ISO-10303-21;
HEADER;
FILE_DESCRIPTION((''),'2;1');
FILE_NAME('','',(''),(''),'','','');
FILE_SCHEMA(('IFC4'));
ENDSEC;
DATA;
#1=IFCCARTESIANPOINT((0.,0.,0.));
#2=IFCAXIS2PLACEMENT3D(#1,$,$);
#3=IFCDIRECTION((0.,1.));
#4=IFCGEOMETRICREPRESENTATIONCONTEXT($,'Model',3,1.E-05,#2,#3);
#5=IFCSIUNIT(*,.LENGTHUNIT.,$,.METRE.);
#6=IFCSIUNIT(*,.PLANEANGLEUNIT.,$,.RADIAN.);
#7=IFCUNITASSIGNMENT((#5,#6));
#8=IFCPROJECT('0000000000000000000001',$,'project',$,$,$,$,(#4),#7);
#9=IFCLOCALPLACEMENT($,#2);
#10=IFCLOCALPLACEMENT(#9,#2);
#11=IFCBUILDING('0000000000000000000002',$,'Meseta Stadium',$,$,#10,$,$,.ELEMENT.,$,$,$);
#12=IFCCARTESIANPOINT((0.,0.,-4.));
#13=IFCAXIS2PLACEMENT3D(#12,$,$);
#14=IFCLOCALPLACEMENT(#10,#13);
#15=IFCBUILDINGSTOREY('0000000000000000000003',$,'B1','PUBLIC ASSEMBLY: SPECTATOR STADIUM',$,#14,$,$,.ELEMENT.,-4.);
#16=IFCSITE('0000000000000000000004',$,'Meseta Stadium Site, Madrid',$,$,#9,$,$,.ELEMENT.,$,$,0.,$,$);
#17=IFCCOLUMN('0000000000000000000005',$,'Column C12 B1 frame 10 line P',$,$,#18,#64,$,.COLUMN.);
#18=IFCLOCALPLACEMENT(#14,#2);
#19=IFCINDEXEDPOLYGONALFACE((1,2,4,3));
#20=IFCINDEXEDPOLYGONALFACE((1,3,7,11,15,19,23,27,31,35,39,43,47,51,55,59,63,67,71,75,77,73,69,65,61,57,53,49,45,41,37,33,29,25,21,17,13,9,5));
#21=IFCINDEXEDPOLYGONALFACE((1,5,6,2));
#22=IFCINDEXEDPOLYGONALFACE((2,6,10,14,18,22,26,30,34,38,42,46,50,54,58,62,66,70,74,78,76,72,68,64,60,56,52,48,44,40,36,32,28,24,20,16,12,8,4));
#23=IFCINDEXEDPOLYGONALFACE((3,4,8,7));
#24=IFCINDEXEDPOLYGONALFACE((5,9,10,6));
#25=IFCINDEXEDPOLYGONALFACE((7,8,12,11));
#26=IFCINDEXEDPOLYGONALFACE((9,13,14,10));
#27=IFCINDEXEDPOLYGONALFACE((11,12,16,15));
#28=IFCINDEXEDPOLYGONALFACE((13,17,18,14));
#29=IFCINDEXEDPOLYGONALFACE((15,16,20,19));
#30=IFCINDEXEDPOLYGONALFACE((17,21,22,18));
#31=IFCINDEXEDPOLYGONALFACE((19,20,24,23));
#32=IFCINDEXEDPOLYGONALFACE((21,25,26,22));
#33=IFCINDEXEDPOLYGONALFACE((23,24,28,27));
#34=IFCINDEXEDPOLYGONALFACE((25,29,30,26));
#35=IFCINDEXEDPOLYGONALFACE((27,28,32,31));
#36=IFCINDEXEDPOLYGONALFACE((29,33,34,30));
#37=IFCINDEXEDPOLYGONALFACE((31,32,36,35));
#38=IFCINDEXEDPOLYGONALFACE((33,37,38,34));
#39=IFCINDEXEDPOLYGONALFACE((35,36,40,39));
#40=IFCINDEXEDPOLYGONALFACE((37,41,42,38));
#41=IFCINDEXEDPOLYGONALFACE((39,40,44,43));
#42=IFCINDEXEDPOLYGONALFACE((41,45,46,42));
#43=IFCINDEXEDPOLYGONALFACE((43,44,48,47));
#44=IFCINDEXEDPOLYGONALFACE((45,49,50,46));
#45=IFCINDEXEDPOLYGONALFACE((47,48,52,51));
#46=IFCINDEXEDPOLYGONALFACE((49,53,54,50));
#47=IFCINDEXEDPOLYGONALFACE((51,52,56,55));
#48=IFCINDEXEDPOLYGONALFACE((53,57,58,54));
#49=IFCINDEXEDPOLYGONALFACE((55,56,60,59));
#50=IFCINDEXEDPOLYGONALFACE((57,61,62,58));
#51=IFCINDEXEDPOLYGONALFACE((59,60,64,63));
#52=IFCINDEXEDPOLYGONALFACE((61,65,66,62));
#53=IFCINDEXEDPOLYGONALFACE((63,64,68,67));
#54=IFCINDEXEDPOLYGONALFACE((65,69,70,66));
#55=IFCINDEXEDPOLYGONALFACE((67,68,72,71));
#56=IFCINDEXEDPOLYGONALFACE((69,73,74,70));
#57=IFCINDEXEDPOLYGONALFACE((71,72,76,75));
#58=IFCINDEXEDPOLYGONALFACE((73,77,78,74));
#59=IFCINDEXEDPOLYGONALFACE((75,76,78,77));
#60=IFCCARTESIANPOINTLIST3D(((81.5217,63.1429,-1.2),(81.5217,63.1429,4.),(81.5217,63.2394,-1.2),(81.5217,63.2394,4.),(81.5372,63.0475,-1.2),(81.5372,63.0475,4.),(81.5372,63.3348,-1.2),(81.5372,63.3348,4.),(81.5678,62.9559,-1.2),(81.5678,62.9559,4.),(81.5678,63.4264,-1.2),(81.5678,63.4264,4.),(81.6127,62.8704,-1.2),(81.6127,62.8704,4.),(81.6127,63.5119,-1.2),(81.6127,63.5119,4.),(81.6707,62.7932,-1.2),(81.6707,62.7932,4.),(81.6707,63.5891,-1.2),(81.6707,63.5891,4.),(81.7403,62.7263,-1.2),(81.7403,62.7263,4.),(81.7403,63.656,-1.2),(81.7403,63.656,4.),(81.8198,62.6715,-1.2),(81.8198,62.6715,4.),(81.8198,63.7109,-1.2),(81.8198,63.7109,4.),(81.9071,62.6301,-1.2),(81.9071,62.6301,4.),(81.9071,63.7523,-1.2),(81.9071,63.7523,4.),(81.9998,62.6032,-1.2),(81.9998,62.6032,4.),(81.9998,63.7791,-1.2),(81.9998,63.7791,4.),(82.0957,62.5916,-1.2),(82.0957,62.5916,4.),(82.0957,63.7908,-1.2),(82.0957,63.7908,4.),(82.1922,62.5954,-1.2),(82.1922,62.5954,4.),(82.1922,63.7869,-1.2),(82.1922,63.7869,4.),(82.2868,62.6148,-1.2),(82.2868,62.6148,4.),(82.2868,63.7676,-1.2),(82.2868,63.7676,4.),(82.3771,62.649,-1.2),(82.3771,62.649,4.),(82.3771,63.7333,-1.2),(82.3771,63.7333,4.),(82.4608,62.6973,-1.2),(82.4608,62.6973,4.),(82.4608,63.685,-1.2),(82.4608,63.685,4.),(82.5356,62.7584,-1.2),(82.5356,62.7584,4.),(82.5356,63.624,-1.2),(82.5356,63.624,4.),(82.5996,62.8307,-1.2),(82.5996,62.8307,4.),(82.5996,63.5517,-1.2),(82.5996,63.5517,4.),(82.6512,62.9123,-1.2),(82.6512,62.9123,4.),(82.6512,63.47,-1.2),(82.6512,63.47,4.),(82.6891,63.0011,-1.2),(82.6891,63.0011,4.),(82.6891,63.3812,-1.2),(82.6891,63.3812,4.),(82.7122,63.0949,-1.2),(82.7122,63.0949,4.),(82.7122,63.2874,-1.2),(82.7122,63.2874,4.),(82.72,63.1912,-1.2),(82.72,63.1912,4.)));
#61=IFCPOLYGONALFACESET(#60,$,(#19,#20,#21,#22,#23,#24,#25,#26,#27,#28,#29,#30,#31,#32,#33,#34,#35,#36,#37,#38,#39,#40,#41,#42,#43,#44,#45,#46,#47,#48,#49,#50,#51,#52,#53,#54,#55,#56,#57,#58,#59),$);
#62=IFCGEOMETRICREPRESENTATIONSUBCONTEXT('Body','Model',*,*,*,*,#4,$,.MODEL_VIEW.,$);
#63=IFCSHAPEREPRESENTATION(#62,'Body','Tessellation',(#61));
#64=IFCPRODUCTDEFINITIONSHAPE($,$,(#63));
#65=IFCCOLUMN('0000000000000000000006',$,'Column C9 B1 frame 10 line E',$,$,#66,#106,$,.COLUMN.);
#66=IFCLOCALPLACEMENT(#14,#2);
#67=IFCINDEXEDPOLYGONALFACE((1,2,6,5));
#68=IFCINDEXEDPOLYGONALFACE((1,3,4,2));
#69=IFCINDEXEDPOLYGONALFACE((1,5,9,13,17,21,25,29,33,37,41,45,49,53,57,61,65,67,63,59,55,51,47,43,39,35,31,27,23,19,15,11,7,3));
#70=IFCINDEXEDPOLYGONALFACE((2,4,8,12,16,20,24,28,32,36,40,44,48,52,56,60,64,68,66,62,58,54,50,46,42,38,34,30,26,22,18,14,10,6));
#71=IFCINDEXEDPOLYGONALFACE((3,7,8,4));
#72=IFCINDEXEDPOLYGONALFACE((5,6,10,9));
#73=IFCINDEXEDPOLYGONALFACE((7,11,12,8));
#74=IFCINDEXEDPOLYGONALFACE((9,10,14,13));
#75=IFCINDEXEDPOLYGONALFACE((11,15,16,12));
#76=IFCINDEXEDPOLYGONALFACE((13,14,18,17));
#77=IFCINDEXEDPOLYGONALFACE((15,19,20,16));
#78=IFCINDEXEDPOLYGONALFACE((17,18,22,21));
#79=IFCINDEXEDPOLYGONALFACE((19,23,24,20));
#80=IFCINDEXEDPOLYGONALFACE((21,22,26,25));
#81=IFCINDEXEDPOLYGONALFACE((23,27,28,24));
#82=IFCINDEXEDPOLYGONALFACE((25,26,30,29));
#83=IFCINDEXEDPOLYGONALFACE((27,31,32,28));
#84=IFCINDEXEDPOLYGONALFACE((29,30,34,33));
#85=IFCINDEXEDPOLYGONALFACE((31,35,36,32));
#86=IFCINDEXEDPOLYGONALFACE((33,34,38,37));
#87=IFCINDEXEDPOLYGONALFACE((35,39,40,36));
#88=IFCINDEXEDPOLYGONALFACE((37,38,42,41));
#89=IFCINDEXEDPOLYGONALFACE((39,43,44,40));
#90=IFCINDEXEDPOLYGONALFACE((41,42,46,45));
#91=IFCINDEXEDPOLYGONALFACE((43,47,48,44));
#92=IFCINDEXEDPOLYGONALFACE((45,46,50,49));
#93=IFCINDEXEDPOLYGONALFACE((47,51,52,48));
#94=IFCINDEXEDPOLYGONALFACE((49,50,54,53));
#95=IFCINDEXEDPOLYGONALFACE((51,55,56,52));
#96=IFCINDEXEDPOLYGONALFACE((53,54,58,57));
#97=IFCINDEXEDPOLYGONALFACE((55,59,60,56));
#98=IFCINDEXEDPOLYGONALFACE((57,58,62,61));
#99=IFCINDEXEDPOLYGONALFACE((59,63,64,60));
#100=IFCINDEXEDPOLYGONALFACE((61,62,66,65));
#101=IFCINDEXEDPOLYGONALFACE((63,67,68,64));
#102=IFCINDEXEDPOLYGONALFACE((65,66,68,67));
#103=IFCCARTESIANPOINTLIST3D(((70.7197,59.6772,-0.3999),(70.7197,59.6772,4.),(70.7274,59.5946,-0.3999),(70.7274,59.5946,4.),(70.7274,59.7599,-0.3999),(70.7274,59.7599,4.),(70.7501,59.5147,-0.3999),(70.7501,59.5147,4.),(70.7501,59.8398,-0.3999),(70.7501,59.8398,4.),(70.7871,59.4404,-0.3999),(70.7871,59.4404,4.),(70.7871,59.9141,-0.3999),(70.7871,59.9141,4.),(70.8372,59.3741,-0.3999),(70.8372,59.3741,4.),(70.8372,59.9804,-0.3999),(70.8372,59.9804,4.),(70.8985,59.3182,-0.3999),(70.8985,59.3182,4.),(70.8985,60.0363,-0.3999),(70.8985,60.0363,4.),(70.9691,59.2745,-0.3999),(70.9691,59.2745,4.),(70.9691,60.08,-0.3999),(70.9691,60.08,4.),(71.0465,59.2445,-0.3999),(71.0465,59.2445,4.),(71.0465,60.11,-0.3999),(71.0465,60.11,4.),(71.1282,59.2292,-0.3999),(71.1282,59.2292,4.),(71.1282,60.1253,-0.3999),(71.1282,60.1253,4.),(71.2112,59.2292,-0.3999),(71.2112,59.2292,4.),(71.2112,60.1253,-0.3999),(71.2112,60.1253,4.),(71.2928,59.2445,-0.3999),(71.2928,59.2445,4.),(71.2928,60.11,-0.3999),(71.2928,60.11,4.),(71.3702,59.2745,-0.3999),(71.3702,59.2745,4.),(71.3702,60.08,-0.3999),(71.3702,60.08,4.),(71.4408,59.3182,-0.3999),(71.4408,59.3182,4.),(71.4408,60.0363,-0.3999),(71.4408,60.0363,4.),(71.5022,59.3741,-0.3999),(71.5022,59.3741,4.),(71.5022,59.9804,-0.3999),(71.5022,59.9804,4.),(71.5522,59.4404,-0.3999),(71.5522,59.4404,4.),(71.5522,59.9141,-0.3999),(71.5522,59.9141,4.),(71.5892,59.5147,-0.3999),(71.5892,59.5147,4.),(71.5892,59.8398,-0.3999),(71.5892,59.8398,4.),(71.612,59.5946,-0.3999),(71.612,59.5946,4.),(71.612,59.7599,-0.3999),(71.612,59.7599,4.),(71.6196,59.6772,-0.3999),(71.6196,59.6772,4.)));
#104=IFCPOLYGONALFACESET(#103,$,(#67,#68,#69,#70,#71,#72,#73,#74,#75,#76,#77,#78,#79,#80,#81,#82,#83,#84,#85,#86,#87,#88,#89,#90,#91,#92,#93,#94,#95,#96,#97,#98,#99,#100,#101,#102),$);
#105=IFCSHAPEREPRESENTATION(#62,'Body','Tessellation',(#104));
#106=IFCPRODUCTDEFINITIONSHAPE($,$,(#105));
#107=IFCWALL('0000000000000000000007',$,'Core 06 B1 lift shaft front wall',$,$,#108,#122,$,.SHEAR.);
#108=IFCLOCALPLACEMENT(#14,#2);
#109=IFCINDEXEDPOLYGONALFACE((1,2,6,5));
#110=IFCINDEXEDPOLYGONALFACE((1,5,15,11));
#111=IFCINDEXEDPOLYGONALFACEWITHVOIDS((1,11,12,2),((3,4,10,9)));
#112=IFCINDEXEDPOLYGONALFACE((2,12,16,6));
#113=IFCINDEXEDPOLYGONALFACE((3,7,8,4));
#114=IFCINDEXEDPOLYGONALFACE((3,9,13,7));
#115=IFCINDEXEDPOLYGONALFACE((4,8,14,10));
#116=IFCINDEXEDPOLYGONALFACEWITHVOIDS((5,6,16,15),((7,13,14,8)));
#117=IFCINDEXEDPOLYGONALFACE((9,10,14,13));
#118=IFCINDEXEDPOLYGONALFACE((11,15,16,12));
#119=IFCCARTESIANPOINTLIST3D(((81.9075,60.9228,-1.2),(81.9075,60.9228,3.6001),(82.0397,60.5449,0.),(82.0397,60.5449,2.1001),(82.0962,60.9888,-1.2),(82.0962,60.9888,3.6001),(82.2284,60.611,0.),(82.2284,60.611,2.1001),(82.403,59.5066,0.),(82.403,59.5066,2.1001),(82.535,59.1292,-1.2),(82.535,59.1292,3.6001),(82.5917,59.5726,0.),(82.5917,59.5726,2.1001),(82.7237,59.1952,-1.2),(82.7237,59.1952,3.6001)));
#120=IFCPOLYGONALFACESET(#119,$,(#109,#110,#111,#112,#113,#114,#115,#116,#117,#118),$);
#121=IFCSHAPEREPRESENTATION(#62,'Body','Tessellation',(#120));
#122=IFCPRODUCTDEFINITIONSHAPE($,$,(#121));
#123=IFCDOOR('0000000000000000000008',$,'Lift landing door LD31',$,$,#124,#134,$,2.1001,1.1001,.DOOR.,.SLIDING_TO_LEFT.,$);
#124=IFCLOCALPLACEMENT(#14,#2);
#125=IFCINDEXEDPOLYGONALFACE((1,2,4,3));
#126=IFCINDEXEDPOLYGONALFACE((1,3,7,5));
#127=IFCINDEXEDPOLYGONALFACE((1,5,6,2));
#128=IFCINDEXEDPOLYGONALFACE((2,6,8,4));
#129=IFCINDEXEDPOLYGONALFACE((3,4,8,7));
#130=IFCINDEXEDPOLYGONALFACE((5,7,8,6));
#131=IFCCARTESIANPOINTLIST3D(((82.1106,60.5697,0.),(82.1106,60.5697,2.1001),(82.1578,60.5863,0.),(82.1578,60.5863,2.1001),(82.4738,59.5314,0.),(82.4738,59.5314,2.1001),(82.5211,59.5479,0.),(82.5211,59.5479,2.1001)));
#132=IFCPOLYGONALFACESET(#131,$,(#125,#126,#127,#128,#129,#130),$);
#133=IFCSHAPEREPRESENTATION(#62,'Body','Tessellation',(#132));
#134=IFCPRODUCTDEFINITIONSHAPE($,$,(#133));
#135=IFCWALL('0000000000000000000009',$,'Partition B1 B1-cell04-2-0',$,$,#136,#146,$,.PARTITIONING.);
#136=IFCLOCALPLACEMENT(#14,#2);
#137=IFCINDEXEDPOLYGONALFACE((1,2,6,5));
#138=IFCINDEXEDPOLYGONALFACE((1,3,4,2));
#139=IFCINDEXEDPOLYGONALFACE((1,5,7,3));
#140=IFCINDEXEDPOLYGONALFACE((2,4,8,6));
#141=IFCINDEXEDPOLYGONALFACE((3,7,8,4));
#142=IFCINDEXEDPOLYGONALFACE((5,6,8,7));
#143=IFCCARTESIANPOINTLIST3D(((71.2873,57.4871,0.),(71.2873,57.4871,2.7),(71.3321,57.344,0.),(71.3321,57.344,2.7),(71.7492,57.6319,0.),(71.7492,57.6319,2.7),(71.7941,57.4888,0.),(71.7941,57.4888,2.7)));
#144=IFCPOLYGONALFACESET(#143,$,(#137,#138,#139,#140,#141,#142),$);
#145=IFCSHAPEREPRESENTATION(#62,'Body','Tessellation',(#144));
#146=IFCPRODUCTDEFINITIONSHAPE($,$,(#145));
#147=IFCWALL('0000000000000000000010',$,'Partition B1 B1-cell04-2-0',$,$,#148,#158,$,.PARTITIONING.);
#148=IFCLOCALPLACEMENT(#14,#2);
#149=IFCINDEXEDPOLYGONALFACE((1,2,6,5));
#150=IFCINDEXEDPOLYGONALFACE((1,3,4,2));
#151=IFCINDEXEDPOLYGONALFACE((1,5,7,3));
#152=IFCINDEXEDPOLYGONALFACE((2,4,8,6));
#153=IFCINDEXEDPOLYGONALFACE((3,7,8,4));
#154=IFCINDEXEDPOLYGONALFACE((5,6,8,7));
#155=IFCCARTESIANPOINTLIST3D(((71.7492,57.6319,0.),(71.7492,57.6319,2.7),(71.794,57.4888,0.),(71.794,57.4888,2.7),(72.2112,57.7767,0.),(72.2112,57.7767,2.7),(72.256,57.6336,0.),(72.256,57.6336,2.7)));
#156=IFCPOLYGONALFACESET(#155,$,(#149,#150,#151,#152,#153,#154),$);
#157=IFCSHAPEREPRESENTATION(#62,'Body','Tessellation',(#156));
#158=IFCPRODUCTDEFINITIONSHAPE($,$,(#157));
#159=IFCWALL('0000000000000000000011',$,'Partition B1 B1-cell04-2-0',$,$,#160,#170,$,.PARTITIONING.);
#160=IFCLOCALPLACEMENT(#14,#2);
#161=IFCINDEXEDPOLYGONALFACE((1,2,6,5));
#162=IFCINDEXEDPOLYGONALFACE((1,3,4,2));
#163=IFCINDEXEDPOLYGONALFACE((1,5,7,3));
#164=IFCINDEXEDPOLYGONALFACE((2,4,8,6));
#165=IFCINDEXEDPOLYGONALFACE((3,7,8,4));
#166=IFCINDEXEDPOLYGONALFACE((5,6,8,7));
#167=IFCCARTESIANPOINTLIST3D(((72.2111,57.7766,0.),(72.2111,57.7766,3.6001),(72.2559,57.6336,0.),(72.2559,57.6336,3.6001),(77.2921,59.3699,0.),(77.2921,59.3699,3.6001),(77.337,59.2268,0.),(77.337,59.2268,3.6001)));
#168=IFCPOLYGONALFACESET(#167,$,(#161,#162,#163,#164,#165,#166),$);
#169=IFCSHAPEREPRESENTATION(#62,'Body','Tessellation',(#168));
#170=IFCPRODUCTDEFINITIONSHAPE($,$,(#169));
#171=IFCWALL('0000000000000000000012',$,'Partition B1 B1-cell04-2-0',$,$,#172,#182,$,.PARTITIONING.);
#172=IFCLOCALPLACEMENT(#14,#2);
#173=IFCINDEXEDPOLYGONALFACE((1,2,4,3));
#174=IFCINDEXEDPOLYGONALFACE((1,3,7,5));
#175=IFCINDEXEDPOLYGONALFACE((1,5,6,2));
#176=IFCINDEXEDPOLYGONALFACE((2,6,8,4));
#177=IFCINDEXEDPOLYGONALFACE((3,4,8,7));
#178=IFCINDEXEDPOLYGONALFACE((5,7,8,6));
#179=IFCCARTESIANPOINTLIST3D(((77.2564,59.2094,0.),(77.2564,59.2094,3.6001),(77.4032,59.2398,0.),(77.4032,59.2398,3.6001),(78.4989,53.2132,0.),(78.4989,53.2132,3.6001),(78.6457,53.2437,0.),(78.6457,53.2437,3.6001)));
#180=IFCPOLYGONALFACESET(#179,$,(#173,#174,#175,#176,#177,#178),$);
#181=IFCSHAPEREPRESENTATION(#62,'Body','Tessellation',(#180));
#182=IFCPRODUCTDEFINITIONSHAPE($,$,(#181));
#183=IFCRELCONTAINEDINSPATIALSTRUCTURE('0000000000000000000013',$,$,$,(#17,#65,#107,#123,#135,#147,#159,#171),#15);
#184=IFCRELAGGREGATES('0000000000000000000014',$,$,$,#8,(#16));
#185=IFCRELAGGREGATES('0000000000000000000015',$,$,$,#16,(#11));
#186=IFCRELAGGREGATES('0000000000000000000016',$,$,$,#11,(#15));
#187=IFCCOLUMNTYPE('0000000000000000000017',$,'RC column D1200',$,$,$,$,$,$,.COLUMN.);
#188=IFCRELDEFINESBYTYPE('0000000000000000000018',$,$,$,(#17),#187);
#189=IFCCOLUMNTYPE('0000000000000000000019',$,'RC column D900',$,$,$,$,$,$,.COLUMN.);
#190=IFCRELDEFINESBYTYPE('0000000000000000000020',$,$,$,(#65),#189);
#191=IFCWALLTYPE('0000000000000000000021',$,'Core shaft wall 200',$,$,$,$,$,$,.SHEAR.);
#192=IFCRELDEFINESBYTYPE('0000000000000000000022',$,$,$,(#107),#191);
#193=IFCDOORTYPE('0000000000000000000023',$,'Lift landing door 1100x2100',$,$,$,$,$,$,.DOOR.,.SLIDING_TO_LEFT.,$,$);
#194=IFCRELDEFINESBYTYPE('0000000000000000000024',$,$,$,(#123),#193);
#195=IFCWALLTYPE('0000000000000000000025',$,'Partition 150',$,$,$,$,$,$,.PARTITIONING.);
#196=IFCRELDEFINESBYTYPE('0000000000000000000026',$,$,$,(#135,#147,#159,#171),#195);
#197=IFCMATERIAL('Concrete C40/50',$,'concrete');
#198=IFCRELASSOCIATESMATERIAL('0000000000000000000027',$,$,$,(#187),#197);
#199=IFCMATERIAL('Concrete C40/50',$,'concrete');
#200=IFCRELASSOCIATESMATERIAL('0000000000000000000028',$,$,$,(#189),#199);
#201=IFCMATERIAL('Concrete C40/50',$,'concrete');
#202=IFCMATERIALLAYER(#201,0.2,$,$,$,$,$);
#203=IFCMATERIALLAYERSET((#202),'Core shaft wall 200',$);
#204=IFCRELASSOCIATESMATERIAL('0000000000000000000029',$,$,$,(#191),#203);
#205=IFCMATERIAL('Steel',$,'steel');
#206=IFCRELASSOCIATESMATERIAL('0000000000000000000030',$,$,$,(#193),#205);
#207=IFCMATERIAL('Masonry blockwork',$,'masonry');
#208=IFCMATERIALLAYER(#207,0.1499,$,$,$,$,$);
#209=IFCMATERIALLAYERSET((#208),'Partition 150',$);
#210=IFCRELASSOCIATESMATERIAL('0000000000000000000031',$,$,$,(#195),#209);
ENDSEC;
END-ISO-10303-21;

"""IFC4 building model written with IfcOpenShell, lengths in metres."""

from ifc_helpers import new_model, si_unit, direction, frame, frame_2d, origin, origin_2d, place, context, subcontext, project, spatial, rectangle, circle, extrude, material, layer, layer_set, material_profile, profile_set, type_object, element, fill, save


model = new_model("IFC4")

# Units and contexts
model_context = context("Model", 3, precision=1e-05, world=origin(), true_north=direction((0.0, 1.0)))
body_context = subcontext(model_context, "Body", "Model", "MODEL_VIEW")
ifc_project = project(units=[si_unit("LENGTHUNIT", "METRE"), si_unit("PLANEANGLEUNIT", "RADIAN")], contexts=[model_context])

# Site, building, storey
site_placement = place(None, origin())
site = spatial("IfcSite", under=ifc_project, at=site_placement, Name="Meseta Stadium Site, Madrid", CompositionType="ELEMENT", RefElevation=0.0)
building_placement = place(site_placement, origin())
building = spatial("IfcBuilding", under=site, at=building_placement, Name="Meseta Stadium", CompositionType="ELEMENT")
storey_placement = place(building_placement, frame((0.0, 0.0, -4.0)))
storey = spatial("IfcBuildingStorey", under=building, at=storey_placement, Name="B1", Description="PUBLIC ASSEMBLY: SPECTATOR STADIUM", CompositionType="ELEMENT", Elevation=-4.0)

# Columns
ifc_material_1 = material(Name="Concrete C40/50", Category="concrete")
ifc_material_profile_1 = material_profile(ifc_material_1, circle(Radius=0.6001, at=origin_2d()), Name="RC D1200")
ifc_profile_set_1 = profile_set([ifc_material_profile_1], Name="Concrete C40/50")
column_type_1 = type_object("IfcColumnType", Name="RC column D1200", PredefinedType="COLUMN", material=ifc_profile_set_1)
column_1_placement = place(storey_placement, frame((82.1199, 63.1912, -1.2), z_axis=(0.0, 0.0, 1.0), x_axis=(1.0, 0.0, 0.0)))
element("IfcColumn", 1, at=column_1_placement, inside=storey, type_object=column_type_1, Name="Column C12 B1 frame 10 line P", PredefinedType="COLUMN", context=body_context, shape_type="SweptSolid", body=[
    extrude(circle(Radius=0.6001, at=origin_2d()), origin(), (0.0, 0.0, 1.0), 5.2),
])
ifc_material_2 = material(Name="Concrete C40/50", Category="concrete")
ifc_material_profile_2 = material_profile(ifc_material_2, circle(Radius=0.45, at=origin_2d()), Name="RC D900")
ifc_profile_set_2 = profile_set([ifc_material_profile_2], Name="Concrete C40/50")
column_type_2 = type_object("IfcColumnType", Name="RC column D900", PredefinedType="COLUMN", material=ifc_profile_set_2)
column_2_placement = place(storey_placement, frame((71.1697, 59.6772, -0.3999), z_axis=(0.0, 0.0, 1.0), x_axis=(1.0, 0.0, 0.0)))
element("IfcColumn", 2, at=column_2_placement, inside=storey, type_object=column_type_2, Name="Column C9 B1 frame 10 line E", PredefinedType="COLUMN", context=body_context, shape_type="SweptSolid", body=[
    extrude(circle(Radius=0.45, at=origin_2d()), origin(), (0.0, 0.0, 1.0), 4.3999),
])

# Wall, opening, door
ifc_material_3 = material(Name="Concrete C40/50", Category="concrete")
ifc_layer_1 = layer(ifc_material_3, 0.2)
ifc_layer_set_1 = layer_set([ifc_layer_1], Name="Core shaft wall 200")
wall_type_1 = type_object("IfcWallType", Name="Core shaft wall 200", PredefinedType="SHEAR", material=ifc_layer_set_1)
wall_1_placement = place(storey_placement, frame((82.6294, 59.1621, -1.2), z_axis=(0.0, 0.0, 1.0), x_axis=(-0.330225, 0.943902, 0.0)))
wall_1 = element("IfcWall", 3, at=wall_1_placement, inside=storey, type_object=wall_type_1, Name="Core 06 B1 lift shaft front wall", PredefinedType="SHEAR", context=body_context, shape_type="SweptSolid", body=[
    extrude(rectangle(XDim=1.9001, YDim=0.2, at=frame_2d((0.9502, 0.0))), origin(), (0.0, 0.0, 1.0), 4.8),
])
opening_1_placement = place(wall_1_placement, frame((0.3999, 0.0, 1.2)))
opening_1 = element("IfcOpeningElement", 4, at=opening_1_placement, cuts=wall_1, PredefinedType="OPENING", context=body_context, shape_type="SweptSolid", body=[
    extrude(rectangle(XDim=1.1001, YDim=2.1001, at=frame_2d((0.55, 1.05))), frame((0.0, 0.1099, 0.0), z_axis=(0.0, -1.0, 0.0), x_axis=(1.0, 0.0, 0.0)), (0.0, 0.0, 1.0), 0.22),
])
ifc_material_4 = material(Name="Steel", Category="steel")
door_type_1 = type_object("IfcDoorType", Name="Lift landing door 1100x2100", OperationType="SLIDING_TO_LEFT", PredefinedType="DOOR", material=ifc_material_4)
door_1_placement = place(opening_1_placement, origin())
door_1 = element("IfcDoor", 5, at=door_1_placement, inside=storey, type_object=door_type_1, Name="Lift landing door LD31", OperationType="SLIDING_TO_LEFT", OverallHeight=2.1001, OverallWidth=1.1001, PredefinedType="DOOR", context=body_context, shape_type="SweptSolid", body=[
    extrude(rectangle(XDim=1.1001, YDim=2.1001, at=frame_2d((0.55, 1.05))), frame((0.0, 0.0249, 0.0), z_axis=(0.0, -1.0, 0.0), x_axis=(1.0, 0.0, 0.0)), (0.0, 0.0, 1.0), 0.05),
])
fill(opening_1, door_1)

# Walls
ifc_material_5 = material(Name="Masonry blockwork", Category="masonry")
ifc_layer_2 = layer(ifc_material_5, 0.1499)
ifc_layer_set_2 = layer_set([ifc_layer_2], Name="Partition 150")
wall_type_2 = type_object("IfcWallType", Name="Partition 150", PredefinedType="PARTITIONING", material=ifc_layer_set_2)
for number, where, z_axis, x_axis, name in (
    (6, (71.3096, 57.4155, 0.0), (0.0, 0.0, 1.0), (0.954228, 0.299079, 0.0), "Partition B1 B1-cell04-2-0"),
    (7, (71.7715, 57.5603, 0.0), (0.0, 0.0, 1.0), (0.954228, 0.299079, 0.0), "Partition B1 B1-cell04-2-0"),
):
    element("IfcWall", number, at=place(storey_placement, frame(where, z_axis=z_axis, x_axis=x_axis)), inside=storey, type_object=wall_type_2, Name=name, PredefinedType="PARTITIONING", context=body_context, shape_type="SweptSolid", body=[
        extrude(rectangle(XDim=0.4841, YDim=0.1499, at=frame_2d((0.2422, 0.0))), origin(), (0.0, 0.0, 1.0), 2.7),
    ])
wall_2_placement = place(storey_placement, frame((72.2334, 57.7051, 0.0), z_axis=(0.0, 0.0, 1.0), x_axis=(0.954189, 0.299204, 0.0)))
element("IfcWall", 8, at=wall_2_placement, inside=storey, type_object=wall_type_2, Name="Partition B1 B1-cell04-2-0", PredefinedType="PARTITIONING", context=body_context, shape_type="SweptSolid", body=[
    extrude(rectangle(XDim=5.325, YDim=0.1499, at=frame_2d((2.6626, 0.0))), origin(), (0.0, 0.0, 1.0), 3.6001),
])
wall_3_placement = place(storey_placement, frame((77.3298, 59.2246, 0.0), z_axis=(0.0, 0.0, 1.0), x_axis=(0.202897, -0.9792, 0.0)))
element("IfcWall", 9, at=wall_3_placement, inside=storey, type_object=wall_type_2, Name="Partition B1 B1-cell04-2-0", PredefinedType="PARTITIONING", context=body_context, shape_type="SweptSolid", body=[
    extrude(rectangle(XDim=6.1235, YDim=0.1499, at=frame_2d((3.0618, 0.0))), origin(), (0.0, 0.0, 1.0), 3.6001),
])

save(model, "model.ifc")
